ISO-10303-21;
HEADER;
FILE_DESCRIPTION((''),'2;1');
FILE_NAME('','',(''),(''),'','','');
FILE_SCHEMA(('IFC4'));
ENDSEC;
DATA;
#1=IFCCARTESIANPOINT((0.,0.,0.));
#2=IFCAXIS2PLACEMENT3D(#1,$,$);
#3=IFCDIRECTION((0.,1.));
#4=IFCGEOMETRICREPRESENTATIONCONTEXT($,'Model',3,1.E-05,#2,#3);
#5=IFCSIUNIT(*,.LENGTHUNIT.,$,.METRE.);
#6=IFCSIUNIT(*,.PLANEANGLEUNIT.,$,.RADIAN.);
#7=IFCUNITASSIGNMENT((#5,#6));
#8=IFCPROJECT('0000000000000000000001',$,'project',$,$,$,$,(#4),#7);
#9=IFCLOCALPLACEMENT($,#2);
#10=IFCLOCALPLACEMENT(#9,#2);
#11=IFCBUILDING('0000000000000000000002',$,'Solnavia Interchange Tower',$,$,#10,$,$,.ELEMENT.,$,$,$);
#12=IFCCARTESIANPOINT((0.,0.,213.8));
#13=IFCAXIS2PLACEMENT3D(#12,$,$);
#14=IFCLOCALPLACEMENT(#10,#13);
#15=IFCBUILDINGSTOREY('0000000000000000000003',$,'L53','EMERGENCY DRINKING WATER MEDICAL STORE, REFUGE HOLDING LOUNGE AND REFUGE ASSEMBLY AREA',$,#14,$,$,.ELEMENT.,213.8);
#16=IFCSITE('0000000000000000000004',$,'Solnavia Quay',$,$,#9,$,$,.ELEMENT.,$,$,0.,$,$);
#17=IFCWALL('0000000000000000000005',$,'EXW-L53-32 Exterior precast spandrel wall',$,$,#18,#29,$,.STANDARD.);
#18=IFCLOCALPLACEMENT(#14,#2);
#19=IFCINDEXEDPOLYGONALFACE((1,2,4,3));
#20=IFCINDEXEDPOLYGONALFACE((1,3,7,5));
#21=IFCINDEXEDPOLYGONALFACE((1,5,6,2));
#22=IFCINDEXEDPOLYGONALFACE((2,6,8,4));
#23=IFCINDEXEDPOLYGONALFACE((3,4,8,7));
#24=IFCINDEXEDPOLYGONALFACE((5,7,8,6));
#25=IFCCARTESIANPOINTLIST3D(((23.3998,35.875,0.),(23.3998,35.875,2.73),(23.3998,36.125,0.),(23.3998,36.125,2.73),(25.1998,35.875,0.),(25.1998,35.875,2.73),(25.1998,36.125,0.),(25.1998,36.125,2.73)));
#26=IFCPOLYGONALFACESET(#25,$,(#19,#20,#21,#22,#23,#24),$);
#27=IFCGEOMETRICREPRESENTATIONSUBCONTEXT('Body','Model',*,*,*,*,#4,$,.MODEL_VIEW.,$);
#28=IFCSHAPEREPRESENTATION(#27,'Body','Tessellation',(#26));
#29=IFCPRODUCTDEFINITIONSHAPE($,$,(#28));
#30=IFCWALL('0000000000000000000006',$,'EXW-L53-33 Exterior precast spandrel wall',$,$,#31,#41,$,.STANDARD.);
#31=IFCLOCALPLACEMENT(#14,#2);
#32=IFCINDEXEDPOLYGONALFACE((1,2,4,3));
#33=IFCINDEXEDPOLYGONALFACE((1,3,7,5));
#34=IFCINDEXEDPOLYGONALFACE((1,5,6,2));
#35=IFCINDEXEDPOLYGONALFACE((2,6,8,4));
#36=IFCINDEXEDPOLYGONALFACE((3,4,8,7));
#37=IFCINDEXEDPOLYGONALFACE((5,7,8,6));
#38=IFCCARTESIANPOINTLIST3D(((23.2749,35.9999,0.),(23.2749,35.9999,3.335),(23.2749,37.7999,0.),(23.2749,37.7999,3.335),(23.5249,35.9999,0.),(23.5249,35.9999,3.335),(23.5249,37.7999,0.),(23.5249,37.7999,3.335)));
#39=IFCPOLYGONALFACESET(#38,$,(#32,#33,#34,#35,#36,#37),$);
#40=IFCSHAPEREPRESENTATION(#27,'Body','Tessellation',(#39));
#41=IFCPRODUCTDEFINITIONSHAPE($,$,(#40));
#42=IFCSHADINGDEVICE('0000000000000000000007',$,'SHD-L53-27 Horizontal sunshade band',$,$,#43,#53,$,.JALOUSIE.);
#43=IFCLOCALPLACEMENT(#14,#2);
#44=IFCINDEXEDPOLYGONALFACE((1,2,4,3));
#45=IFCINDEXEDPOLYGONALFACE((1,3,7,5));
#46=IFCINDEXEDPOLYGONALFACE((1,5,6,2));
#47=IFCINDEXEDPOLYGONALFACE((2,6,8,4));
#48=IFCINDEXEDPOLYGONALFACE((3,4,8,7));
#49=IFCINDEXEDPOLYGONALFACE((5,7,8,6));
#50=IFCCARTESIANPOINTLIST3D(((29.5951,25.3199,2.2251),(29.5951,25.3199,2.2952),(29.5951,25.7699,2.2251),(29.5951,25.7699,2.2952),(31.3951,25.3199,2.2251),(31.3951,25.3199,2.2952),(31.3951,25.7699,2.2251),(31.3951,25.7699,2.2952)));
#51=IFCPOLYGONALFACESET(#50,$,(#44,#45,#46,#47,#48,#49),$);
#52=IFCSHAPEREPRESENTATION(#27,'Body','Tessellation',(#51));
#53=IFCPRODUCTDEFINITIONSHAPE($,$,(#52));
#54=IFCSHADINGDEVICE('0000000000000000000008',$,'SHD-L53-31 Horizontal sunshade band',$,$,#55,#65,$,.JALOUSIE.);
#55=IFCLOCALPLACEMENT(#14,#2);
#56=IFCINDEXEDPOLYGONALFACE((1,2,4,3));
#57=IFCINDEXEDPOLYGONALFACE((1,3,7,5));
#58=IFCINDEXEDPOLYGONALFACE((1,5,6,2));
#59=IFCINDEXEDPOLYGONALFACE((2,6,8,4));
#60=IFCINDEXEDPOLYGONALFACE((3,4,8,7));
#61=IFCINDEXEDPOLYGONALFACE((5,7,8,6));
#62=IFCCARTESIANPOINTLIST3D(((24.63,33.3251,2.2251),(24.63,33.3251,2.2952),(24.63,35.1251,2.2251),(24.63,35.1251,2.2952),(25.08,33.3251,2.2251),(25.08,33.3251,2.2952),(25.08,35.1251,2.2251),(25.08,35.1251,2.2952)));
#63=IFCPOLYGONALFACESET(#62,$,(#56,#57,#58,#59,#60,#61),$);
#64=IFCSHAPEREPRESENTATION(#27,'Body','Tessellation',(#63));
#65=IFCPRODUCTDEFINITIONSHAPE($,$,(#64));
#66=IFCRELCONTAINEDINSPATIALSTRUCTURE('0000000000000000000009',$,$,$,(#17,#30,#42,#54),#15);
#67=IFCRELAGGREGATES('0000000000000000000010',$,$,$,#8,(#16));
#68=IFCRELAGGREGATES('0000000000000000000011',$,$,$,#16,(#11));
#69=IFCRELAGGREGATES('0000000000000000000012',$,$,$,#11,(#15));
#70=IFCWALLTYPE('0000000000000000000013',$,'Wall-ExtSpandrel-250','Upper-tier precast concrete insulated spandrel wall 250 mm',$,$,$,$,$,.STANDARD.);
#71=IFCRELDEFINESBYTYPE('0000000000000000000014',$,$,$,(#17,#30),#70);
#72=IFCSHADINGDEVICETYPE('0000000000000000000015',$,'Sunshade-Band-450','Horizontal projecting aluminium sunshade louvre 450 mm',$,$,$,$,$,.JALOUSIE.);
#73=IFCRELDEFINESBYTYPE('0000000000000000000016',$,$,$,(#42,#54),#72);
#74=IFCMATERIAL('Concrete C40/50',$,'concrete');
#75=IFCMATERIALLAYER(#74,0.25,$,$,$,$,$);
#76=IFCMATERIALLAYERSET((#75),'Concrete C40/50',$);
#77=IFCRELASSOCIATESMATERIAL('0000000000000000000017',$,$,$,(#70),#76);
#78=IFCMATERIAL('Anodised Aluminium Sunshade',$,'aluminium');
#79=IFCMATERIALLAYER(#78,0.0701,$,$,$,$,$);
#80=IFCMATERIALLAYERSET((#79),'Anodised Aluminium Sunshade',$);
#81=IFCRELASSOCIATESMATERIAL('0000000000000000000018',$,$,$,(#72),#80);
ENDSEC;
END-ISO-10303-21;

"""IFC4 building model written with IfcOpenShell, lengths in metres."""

from ifc_helpers import new_model, si_unit, direction, frame, frame_2d, origin, origin_2d, place, context, subcontext, project, spatial, rectangle, extrude, material, layer, layer_set, type_object, element, save


model = new_model("IFC4")

# Units and contexts
model_context = context("Model", 3, precision=1e-05, world=origin(), true_north=direction((0.0, 1.0)))
body_context = subcontext(model_context, "Body", "Model", "MODEL_VIEW")
ifc_project = project(units=[si_unit("LENGTHUNIT", "METRE"), si_unit("PLANEANGLEUNIT", "RADIAN")], contexts=[model_context])

# Site, building, storey
site_placement = place(None, origin())
site = spatial("IfcSite", under=ifc_project, at=site_placement, Name="Solnavia Quay", CompositionType="ELEMENT", RefElevation=0.0)
building_placement = place(site_placement, origin())
building = spatial("IfcBuilding", under=site, at=building_placement, Name="Solnavia Interchange Tower", CompositionType="ELEMENT")
storey_placement = place(building_placement, frame((0.0, 0.0, 213.8)))
storey = spatial("IfcBuildingStorey", under=building, at=storey_placement, Name="L53", Description="EMERGENCY DRINKING WATER MEDICAL STORE, REFUGE HOLDING LOUNGE AND REFUGE ASSEMBLY AREA", CompositionType="ELEMENT", Elevation=213.8)

# Shared definitions
ifc_material_1 = material(Name="Concrete C40/50", Category="concrete")
ifc_layer_1 = layer(ifc_material_1, 0.25)
ifc_layer_set_1 = layer_set([ifc_layer_1], Name="Concrete C40/50")
wall_type = type_object("IfcWallType", Name="Wall-ExtSpandrel-250", Description="Upper-tier precast concrete insulated spandrel wall 250 mm", PredefinedType="STANDARD", material=ifc_layer_set_1)

# Walls
wall_1_placement = place(storey_placement, frame((23.3999, 36.0, 0.0), z_axis=(0.0, 0.0, 1.0), x_axis=(1.0, 0.0, 0.0)))
element("IfcWall", 1, at=wall_1_placement, inside=storey, type_object=wall_type, Name="EXW-L53-32 Exterior precast spandrel wall", PredefinedType="STANDARD", context=body_context, shape_type="SweptSolid", body=[
    extrude(rectangle(XDim=1.8, YDim=0.25, at=frame_2d((0.8999, 0.0))), origin(), (0.0, 0.0, 1.0), 2.73),
])
wall_2_placement = place(storey_placement, frame((23.3999, 36.0, 0.0), z_axis=(0.0, 0.0, 1.0), x_axis=(0.0, 1.0, 0.0)))
element("IfcWall", 2, at=wall_2_placement, inside=storey, type_object=wall_type, Name="EXW-L53-33 Exterior precast spandrel wall", PredefinedType="STANDARD", context=body_context, shape_type="SweptSolid", body=[
    extrude(rectangle(XDim=1.8, YDim=0.25, at=frame_2d((0.8999, 0.0))), origin(), (0.0, 0.0, 1.0), 3.335),
])

# Shading devices
ifc_material_2 = material(Name="Anodised Aluminium Sunshade", Category="aluminium")
ifc_layer_2 = layer(ifc_material_2, 0.0701)
ifc_layer_set_2 = layer_set([ifc_layer_2], Name="Anodised Aluminium Sunshade")
shading_device_type = type_object("IfcShadingDeviceType", Name="Sunshade-Band-450", Description="Horizontal projecting aluminium sunshade louvre 450 mm", PredefinedType="JALOUSIE", material=ifc_layer_set_2)
for number, where, z_axis, x_axis, name in (
    (3, (30.4951, 25.5449, 2.2251), (0.0, 0.0, 1.0), (1.0, 0.0, 0.0), "SHD-L53-27 Horizontal sunshade band"),
    (4, (24.855, 34.2251, 2.2251), (0.0, 0.0, 1.0), (0.0, 1.0, 0.0), "SHD-L53-31 Horizontal sunshade band"),
):
    element("IfcShadingDevice", number, at=place(storey_placement, frame(where, z_axis=z_axis, x_axis=x_axis)), inside=storey, type_object=shading_device_type, Name=name, PredefinedType="JALOUSIE", context=body_context, shape_type="SweptSolid", body=[
        extrude(rectangle(XDim=1.8, YDim=0.45, at=origin_2d()), origin(), (0.0, 0.0, 1.0), 0.0701),
    ])

save(model, "model.ifc")
